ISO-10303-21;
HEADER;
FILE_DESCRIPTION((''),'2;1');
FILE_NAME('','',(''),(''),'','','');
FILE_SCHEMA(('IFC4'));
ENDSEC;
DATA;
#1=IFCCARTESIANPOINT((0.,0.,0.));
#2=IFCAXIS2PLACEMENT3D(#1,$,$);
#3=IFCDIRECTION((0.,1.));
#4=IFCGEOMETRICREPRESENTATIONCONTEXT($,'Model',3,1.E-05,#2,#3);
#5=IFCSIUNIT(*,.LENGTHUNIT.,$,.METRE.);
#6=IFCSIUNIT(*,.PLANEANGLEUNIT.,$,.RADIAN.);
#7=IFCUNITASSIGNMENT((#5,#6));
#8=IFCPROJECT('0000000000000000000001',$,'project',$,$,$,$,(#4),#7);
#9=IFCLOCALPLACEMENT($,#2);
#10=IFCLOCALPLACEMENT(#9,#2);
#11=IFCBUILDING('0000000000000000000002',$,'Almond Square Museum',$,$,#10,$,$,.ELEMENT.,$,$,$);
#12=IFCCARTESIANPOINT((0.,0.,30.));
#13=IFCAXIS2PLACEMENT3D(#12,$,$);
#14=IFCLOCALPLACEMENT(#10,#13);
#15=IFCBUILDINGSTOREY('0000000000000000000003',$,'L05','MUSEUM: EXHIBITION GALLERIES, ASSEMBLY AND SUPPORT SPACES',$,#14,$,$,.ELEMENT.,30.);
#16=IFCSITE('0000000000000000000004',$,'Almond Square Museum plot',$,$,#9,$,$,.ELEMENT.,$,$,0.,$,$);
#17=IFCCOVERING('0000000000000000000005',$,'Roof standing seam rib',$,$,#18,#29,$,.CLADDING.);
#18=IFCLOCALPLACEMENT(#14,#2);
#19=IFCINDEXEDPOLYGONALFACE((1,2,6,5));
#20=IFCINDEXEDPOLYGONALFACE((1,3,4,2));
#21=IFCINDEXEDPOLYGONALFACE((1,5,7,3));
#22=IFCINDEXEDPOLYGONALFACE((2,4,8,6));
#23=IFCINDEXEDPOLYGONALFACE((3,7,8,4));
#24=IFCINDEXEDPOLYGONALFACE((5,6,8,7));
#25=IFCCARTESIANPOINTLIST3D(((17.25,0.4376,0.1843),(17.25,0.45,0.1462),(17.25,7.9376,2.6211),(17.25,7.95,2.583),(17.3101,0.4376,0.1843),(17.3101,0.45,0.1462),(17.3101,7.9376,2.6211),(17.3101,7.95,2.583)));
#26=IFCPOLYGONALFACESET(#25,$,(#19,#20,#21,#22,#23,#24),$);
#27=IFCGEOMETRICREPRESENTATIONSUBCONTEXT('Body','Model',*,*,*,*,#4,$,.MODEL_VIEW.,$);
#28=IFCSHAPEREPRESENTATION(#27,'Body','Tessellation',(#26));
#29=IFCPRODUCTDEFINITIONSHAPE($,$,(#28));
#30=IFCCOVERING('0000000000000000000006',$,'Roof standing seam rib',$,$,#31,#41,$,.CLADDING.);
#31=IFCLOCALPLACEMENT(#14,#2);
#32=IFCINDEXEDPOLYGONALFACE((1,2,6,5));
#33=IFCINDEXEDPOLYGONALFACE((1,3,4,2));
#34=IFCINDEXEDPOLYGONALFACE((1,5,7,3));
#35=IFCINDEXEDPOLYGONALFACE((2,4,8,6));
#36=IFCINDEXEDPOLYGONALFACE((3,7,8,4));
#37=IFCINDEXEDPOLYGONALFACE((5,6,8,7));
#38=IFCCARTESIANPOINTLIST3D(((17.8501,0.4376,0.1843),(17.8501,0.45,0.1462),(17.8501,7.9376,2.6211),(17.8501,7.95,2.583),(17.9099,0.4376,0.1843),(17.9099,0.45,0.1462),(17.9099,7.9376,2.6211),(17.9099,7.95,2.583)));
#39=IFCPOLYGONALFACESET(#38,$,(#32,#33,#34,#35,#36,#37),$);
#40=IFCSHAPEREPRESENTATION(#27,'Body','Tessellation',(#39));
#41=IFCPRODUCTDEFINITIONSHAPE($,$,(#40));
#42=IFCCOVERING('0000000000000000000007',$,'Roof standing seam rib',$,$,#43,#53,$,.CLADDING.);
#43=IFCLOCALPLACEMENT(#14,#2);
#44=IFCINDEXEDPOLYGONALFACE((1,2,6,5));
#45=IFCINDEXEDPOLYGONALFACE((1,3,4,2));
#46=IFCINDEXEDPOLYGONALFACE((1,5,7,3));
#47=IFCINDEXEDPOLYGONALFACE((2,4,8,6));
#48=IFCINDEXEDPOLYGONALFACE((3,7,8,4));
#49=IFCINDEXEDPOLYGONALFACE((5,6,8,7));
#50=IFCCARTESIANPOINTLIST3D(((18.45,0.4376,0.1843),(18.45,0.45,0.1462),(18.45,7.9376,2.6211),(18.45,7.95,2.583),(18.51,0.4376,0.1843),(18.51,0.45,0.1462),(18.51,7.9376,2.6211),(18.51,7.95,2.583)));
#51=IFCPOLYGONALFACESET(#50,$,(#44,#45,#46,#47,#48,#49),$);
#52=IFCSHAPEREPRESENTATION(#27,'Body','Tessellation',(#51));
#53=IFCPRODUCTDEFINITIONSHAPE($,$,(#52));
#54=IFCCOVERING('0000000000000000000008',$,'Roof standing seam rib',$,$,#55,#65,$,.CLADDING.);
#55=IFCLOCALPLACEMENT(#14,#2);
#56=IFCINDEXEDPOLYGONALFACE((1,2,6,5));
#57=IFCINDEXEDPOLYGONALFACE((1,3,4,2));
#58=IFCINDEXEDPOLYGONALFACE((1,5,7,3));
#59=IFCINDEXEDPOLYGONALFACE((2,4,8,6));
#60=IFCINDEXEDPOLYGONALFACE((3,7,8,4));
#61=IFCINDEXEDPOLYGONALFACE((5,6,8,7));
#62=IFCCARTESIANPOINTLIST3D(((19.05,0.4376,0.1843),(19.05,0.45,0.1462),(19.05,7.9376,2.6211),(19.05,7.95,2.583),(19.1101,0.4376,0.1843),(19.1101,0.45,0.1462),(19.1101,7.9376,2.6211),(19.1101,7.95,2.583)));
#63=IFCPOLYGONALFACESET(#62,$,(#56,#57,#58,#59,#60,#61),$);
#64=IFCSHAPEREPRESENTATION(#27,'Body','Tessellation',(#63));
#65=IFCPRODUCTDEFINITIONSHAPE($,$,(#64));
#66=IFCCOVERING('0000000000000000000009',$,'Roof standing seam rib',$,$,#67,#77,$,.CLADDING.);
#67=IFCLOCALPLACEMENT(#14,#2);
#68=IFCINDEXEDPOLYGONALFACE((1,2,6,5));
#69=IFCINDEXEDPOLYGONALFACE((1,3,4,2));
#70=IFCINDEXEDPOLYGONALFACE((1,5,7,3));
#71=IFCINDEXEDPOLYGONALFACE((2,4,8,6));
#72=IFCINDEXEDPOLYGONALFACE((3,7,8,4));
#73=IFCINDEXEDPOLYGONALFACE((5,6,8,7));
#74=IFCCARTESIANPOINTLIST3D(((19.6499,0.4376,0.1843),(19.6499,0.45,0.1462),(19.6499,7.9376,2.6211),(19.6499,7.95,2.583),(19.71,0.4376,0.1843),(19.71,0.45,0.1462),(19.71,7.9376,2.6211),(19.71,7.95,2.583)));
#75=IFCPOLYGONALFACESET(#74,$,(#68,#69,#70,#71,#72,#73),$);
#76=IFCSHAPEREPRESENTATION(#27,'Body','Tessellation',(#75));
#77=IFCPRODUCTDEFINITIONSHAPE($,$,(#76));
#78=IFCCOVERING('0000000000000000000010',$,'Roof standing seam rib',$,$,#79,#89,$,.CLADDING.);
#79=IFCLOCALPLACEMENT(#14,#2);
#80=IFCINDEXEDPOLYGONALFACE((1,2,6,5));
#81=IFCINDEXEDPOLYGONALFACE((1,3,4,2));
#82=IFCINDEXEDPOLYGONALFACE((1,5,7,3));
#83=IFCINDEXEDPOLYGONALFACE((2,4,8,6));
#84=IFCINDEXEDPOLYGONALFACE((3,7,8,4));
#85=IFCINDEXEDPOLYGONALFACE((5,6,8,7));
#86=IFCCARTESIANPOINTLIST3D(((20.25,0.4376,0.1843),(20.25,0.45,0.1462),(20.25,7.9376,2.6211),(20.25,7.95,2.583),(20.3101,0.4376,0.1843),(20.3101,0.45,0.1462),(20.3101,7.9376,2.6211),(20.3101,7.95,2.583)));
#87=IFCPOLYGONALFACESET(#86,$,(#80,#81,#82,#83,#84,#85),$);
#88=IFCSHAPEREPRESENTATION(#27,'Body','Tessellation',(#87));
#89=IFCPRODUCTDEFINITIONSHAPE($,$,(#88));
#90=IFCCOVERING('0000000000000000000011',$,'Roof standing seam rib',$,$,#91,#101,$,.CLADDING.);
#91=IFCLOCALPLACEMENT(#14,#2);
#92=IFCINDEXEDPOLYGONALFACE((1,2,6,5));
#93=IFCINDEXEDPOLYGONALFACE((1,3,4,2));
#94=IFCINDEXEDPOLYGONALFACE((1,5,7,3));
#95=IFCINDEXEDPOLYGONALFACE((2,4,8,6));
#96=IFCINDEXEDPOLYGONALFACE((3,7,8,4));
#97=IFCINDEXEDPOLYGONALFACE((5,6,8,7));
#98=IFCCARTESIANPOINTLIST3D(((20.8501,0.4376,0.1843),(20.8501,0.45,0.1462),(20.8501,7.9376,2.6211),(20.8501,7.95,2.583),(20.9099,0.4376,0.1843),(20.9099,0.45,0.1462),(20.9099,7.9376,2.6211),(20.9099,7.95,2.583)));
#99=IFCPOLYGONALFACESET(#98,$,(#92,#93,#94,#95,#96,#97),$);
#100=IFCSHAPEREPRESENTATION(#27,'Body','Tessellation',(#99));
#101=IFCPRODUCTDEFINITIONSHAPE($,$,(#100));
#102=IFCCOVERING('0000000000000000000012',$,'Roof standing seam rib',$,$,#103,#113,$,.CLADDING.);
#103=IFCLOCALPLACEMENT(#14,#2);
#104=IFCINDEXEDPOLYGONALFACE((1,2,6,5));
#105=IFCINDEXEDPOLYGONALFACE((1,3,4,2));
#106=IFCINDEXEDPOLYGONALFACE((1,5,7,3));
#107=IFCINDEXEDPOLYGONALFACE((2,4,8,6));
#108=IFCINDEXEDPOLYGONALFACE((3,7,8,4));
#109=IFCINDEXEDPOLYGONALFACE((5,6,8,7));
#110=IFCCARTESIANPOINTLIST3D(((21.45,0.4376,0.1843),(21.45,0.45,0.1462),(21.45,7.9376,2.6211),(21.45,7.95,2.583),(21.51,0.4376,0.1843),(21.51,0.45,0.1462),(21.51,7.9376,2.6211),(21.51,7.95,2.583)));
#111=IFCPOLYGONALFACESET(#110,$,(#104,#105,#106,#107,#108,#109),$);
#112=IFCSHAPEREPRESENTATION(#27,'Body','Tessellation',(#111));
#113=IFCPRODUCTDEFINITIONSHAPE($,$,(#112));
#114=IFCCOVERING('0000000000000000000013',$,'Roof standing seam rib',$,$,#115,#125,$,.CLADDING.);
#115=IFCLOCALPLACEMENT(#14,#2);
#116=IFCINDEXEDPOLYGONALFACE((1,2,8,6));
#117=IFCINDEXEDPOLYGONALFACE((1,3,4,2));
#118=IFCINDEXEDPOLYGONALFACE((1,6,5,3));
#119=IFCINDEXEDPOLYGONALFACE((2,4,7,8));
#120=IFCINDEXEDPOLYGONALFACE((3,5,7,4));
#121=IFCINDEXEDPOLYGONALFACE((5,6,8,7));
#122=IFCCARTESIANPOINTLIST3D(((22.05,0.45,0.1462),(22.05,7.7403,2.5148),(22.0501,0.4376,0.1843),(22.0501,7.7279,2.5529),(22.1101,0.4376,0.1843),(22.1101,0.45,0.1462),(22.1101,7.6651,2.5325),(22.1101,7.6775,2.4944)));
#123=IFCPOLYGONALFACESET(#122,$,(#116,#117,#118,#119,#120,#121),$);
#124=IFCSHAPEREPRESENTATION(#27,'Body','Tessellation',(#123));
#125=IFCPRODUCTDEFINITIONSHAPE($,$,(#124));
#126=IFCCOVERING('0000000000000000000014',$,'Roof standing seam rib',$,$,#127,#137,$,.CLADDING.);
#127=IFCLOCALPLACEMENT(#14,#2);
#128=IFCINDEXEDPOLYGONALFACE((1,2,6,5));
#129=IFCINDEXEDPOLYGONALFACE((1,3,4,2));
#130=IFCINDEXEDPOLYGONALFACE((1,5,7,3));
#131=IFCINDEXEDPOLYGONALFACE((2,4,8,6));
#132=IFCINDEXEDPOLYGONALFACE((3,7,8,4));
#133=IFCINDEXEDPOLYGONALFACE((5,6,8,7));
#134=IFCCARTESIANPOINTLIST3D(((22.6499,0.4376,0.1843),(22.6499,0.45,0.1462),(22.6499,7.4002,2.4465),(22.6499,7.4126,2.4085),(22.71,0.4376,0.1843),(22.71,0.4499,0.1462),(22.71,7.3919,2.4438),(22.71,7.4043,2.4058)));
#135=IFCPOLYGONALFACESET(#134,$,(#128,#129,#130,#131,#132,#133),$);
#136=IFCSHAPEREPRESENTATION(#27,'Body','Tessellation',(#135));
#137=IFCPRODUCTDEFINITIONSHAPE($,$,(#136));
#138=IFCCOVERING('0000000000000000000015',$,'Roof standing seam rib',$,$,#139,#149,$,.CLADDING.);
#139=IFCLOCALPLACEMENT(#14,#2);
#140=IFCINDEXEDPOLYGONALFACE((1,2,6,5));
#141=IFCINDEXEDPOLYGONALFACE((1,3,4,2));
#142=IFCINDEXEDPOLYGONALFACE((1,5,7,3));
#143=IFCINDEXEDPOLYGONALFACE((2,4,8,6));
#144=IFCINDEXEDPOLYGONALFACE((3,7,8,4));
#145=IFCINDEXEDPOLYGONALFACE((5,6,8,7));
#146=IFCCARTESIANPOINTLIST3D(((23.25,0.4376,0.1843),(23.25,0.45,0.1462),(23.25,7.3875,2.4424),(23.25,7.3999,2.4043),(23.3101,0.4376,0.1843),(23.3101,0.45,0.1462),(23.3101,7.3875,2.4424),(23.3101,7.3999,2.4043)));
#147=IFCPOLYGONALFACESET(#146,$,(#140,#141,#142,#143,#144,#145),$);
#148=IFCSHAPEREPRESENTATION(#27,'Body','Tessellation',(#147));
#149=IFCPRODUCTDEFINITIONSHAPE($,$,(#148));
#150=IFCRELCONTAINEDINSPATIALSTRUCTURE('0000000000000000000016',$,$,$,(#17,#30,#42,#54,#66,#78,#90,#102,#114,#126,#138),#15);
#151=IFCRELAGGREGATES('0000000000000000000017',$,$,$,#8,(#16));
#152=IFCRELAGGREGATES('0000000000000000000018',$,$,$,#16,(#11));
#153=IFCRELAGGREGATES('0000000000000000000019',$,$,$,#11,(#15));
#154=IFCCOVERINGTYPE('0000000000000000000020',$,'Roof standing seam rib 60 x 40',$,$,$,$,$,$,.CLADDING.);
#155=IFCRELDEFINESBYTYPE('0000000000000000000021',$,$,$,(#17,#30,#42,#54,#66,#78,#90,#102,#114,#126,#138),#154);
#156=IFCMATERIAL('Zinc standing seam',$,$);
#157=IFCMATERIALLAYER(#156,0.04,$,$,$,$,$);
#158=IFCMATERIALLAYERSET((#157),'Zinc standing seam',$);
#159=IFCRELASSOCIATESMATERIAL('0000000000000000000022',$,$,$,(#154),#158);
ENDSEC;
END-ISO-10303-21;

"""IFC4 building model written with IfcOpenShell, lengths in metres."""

from ifc_helpers import new_model, si_unit, direction, frame, origin, place, context, subcontext, project, spatial, polyline, outline, extrude, material, layer, layer_set, type_object, element, save


model = new_model("IFC4")

# Units and contexts
model_context = context("Model", 3, precision=1e-05, world=origin(), true_north=direction((0.0, 1.0)))
body_context = subcontext(model_context, "Body", "Model", "MODEL_VIEW")
ifc_project = project(units=[si_unit("LENGTHUNIT", "METRE"), si_unit("PLANEANGLEUNIT", "RADIAN")], contexts=[model_context])

# Site, building, storey
site_placement = place(None, origin())
site = spatial("IfcSite", under=ifc_project, at=site_placement, Name="Almond Square Museum plot", CompositionType="ELEMENT", RefElevation=0.0)
building_placement = place(site_placement, origin())
building = spatial("IfcBuilding", under=site, at=building_placement, Name="Almond Square Museum", CompositionType="ELEMENT")
storey_placement = place(building_placement, frame((0.0, 0.0, 30.0)))
storey = spatial("IfcBuildingStorey", under=building, at=storey_placement, Name="L05", Description="MUSEUM: EXHIBITION GALLERIES, ASSEMBLY AND SUPPORT SPACES", CompositionType="ELEMENT", Elevation=30.0)

# Coverings
ifc_material_1 = material(Name="Zinc standing seam")
ifc_layer_1 = layer(ifc_material_1, 0.04)
ifc_layer_set_1 = layer_set([ifc_layer_1], Name="Zinc standing seam")
covering_type = type_object("IfcCoveringType", Name="Roof standing seam rib 60 x 40", PredefinedType="CLADDING", material=ifc_layer_set_1)
for number, where, z_axis, x_axis, name in (
    (1, (17.25, 0.45, 0.1462), (0.0, -0.309002, 0.951061), (1.0, 0.0, 0.0), "Roof standing seam rib"),
):
    element("IfcCovering", number, at=place(storey_placement, frame(where, z_axis=z_axis, x_axis=x_axis)), inside=storey, type_object=covering_type, Name=name, PredefinedType="CLADDING", context=body_context, shape_type="SweptSolid", body=[
        extrude(outline(polyline([(0.0, 0.0), (0.0601, 0.0), (0.0601, 7.8859), (0.0, 7.8859), (0.0, 0.0)])), origin(), (0.0, 0.0, 1.0), 0.04),
    ])
covering_1_placement = place(storey_placement, frame((17.8501, 0.45, 0.1462), z_axis=(0.0, -0.309002, 0.951061), x_axis=(1.0, 0.0, 0.0)))
element("IfcCovering", 2, at=covering_1_placement, inside=storey, type_object=covering_type, Name="Roof standing seam rib", PredefinedType="CLADDING", context=body_context, shape_type="SweptSolid", body=[
    extrude(outline(polyline([(0.0, 0.0), (0.0598, 0.0), (0.0598, 7.8859), (0.0, 7.8859), (0.0, 0.0)])), origin(), (0.0, 0.0, 1.0), 0.04),
])
for number, where, z_axis, x_axis, name in (
    (3, (18.45, 0.45, 0.1462), (0.0, -0.309002, 0.951061), (1.0, 0.0, 0.0), "Roof standing seam rib"),
    (4, (19.05, 0.45, 0.1462), (0.0, -0.309002, 0.951061), (1.0, 0.0, 0.0), "Roof standing seam rib"),
    (5, (19.6499, 0.45, 0.1462), (0.0, -0.309002, 0.951061), (1.0, 0.0, 0.0), "Roof standing seam rib"),
    (6, (20.25, 0.45, 0.1462), (0.0, -0.309002, 0.951061), (1.0, 0.0, 0.0), "Roof standing seam rib"),
):
    element("IfcCovering", number, at=place(storey_placement, frame(where, z_axis=z_axis, x_axis=x_axis)), inside=storey, type_object=covering_type, Name=name, PredefinedType="CLADDING", context=body_context, shape_type="SweptSolid", body=[
        extrude(outline(polyline([(0.0, 0.0), (0.0601, 0.0), (0.0601, 7.8859), (0.0, 7.8859), (0.0, 0.0)])), origin(), (0.0, 0.0, 1.0), 0.04),
    ])
covering_2_placement = place(storey_placement, frame((20.8501, 0.45, 0.1462), z_axis=(0.0, -0.309002, 0.951061), x_axis=(1.0, 0.0, 0.0)))
element("IfcCovering", 7, at=covering_2_placement, inside=storey, type_object=covering_type, Name="Roof standing seam rib", PredefinedType="CLADDING", context=body_context, shape_type="SweptSolid", body=[
    extrude(outline(polyline([(0.0, 0.0), (0.0598, 0.0), (0.0598, 7.8859), (0.0, 7.8859), (0.0, 0.0)])), origin(), (0.0, 0.0, 1.0), 0.04),
])
covering_3_placement = place(storey_placement, frame((21.45, 0.45, 0.1462), z_axis=(0.0, -0.309002, 0.951061), x_axis=(1.0, 0.0, 0.0)))
element("IfcCovering", 8, at=covering_3_placement, inside=storey, type_object=covering_type, Name="Roof standing seam rib", PredefinedType="CLADDING", context=body_context, shape_type="SweptSolid", body=[
    extrude(outline(polyline([(0.0, 0.0), (0.0601, 0.0), (0.0601, 7.8859), (0.0, 7.8859), (0.0, 0.0)])), origin(), (0.0, 0.0, 1.0), 0.04),
])
covering_4_placement = place(storey_placement, frame((22.05, 0.45, 0.1462), z_axis=(0.000969, -0.308997, 0.951062), x_axis=(1.0, 0.0003, -0.000922)))
element("IfcCovering", 9, at=covering_4_placement, inside=storey, type_object=covering_type, Name="Roof standing seam rib", PredefinedType="CLADDING", context=body_context, shape_type="SweptSolid", body=[
    extrude(outline(polyline([(0.0, 0.0), (0.0601, 0.0), (0.0601, 7.5994), (0.0, 7.6654), (0.0, 0.0)])), origin(), (0.0, 0.0, 1.0), 0.04),
])
covering_5_placement = place(storey_placement, frame((22.6499, 0.45, 0.1462), z_axis=(-0.000091, -0.309006, 0.95106), x_axis=(1.0, -0.000028, 0.000086)))
element("IfcCovering", 10, at=covering_5_placement, inside=storey, type_object=covering_type, Name="Roof standing seam rib", PredefinedType="CLADDING", context=body_context, shape_type="SweptSolid", body=[
    extrude(outline(polyline([(0.0, 0.0), (0.0601, 0.0), (0.0601, 7.3122), (0.0, 7.3209), (0.0, 0.0)])), origin(), (0.0, 0.0, 1.0), 0.04),
])
covering_6_placement = place(storey_placement, frame((23.25, 0.45, 0.1462), z_axis=(0.0, -0.309002, 0.951061), x_axis=(1.0, 0.0, 0.0)))
element("IfcCovering", 11, at=covering_6_placement, inside=storey, type_object=covering_type, Name="Roof standing seam rib", PredefinedType="CLADDING", context=body_context, shape_type="SweptSolid", body=[
    extrude(outline(polyline([(0.0, 0.0), (0.0601, 0.0), (0.0601, 7.3076), (0.0, 7.3076), (0.0, 0.0)])), origin(), (0.0, 0.0, 1.0), 0.04),
])

save(model, "model.ifc")
